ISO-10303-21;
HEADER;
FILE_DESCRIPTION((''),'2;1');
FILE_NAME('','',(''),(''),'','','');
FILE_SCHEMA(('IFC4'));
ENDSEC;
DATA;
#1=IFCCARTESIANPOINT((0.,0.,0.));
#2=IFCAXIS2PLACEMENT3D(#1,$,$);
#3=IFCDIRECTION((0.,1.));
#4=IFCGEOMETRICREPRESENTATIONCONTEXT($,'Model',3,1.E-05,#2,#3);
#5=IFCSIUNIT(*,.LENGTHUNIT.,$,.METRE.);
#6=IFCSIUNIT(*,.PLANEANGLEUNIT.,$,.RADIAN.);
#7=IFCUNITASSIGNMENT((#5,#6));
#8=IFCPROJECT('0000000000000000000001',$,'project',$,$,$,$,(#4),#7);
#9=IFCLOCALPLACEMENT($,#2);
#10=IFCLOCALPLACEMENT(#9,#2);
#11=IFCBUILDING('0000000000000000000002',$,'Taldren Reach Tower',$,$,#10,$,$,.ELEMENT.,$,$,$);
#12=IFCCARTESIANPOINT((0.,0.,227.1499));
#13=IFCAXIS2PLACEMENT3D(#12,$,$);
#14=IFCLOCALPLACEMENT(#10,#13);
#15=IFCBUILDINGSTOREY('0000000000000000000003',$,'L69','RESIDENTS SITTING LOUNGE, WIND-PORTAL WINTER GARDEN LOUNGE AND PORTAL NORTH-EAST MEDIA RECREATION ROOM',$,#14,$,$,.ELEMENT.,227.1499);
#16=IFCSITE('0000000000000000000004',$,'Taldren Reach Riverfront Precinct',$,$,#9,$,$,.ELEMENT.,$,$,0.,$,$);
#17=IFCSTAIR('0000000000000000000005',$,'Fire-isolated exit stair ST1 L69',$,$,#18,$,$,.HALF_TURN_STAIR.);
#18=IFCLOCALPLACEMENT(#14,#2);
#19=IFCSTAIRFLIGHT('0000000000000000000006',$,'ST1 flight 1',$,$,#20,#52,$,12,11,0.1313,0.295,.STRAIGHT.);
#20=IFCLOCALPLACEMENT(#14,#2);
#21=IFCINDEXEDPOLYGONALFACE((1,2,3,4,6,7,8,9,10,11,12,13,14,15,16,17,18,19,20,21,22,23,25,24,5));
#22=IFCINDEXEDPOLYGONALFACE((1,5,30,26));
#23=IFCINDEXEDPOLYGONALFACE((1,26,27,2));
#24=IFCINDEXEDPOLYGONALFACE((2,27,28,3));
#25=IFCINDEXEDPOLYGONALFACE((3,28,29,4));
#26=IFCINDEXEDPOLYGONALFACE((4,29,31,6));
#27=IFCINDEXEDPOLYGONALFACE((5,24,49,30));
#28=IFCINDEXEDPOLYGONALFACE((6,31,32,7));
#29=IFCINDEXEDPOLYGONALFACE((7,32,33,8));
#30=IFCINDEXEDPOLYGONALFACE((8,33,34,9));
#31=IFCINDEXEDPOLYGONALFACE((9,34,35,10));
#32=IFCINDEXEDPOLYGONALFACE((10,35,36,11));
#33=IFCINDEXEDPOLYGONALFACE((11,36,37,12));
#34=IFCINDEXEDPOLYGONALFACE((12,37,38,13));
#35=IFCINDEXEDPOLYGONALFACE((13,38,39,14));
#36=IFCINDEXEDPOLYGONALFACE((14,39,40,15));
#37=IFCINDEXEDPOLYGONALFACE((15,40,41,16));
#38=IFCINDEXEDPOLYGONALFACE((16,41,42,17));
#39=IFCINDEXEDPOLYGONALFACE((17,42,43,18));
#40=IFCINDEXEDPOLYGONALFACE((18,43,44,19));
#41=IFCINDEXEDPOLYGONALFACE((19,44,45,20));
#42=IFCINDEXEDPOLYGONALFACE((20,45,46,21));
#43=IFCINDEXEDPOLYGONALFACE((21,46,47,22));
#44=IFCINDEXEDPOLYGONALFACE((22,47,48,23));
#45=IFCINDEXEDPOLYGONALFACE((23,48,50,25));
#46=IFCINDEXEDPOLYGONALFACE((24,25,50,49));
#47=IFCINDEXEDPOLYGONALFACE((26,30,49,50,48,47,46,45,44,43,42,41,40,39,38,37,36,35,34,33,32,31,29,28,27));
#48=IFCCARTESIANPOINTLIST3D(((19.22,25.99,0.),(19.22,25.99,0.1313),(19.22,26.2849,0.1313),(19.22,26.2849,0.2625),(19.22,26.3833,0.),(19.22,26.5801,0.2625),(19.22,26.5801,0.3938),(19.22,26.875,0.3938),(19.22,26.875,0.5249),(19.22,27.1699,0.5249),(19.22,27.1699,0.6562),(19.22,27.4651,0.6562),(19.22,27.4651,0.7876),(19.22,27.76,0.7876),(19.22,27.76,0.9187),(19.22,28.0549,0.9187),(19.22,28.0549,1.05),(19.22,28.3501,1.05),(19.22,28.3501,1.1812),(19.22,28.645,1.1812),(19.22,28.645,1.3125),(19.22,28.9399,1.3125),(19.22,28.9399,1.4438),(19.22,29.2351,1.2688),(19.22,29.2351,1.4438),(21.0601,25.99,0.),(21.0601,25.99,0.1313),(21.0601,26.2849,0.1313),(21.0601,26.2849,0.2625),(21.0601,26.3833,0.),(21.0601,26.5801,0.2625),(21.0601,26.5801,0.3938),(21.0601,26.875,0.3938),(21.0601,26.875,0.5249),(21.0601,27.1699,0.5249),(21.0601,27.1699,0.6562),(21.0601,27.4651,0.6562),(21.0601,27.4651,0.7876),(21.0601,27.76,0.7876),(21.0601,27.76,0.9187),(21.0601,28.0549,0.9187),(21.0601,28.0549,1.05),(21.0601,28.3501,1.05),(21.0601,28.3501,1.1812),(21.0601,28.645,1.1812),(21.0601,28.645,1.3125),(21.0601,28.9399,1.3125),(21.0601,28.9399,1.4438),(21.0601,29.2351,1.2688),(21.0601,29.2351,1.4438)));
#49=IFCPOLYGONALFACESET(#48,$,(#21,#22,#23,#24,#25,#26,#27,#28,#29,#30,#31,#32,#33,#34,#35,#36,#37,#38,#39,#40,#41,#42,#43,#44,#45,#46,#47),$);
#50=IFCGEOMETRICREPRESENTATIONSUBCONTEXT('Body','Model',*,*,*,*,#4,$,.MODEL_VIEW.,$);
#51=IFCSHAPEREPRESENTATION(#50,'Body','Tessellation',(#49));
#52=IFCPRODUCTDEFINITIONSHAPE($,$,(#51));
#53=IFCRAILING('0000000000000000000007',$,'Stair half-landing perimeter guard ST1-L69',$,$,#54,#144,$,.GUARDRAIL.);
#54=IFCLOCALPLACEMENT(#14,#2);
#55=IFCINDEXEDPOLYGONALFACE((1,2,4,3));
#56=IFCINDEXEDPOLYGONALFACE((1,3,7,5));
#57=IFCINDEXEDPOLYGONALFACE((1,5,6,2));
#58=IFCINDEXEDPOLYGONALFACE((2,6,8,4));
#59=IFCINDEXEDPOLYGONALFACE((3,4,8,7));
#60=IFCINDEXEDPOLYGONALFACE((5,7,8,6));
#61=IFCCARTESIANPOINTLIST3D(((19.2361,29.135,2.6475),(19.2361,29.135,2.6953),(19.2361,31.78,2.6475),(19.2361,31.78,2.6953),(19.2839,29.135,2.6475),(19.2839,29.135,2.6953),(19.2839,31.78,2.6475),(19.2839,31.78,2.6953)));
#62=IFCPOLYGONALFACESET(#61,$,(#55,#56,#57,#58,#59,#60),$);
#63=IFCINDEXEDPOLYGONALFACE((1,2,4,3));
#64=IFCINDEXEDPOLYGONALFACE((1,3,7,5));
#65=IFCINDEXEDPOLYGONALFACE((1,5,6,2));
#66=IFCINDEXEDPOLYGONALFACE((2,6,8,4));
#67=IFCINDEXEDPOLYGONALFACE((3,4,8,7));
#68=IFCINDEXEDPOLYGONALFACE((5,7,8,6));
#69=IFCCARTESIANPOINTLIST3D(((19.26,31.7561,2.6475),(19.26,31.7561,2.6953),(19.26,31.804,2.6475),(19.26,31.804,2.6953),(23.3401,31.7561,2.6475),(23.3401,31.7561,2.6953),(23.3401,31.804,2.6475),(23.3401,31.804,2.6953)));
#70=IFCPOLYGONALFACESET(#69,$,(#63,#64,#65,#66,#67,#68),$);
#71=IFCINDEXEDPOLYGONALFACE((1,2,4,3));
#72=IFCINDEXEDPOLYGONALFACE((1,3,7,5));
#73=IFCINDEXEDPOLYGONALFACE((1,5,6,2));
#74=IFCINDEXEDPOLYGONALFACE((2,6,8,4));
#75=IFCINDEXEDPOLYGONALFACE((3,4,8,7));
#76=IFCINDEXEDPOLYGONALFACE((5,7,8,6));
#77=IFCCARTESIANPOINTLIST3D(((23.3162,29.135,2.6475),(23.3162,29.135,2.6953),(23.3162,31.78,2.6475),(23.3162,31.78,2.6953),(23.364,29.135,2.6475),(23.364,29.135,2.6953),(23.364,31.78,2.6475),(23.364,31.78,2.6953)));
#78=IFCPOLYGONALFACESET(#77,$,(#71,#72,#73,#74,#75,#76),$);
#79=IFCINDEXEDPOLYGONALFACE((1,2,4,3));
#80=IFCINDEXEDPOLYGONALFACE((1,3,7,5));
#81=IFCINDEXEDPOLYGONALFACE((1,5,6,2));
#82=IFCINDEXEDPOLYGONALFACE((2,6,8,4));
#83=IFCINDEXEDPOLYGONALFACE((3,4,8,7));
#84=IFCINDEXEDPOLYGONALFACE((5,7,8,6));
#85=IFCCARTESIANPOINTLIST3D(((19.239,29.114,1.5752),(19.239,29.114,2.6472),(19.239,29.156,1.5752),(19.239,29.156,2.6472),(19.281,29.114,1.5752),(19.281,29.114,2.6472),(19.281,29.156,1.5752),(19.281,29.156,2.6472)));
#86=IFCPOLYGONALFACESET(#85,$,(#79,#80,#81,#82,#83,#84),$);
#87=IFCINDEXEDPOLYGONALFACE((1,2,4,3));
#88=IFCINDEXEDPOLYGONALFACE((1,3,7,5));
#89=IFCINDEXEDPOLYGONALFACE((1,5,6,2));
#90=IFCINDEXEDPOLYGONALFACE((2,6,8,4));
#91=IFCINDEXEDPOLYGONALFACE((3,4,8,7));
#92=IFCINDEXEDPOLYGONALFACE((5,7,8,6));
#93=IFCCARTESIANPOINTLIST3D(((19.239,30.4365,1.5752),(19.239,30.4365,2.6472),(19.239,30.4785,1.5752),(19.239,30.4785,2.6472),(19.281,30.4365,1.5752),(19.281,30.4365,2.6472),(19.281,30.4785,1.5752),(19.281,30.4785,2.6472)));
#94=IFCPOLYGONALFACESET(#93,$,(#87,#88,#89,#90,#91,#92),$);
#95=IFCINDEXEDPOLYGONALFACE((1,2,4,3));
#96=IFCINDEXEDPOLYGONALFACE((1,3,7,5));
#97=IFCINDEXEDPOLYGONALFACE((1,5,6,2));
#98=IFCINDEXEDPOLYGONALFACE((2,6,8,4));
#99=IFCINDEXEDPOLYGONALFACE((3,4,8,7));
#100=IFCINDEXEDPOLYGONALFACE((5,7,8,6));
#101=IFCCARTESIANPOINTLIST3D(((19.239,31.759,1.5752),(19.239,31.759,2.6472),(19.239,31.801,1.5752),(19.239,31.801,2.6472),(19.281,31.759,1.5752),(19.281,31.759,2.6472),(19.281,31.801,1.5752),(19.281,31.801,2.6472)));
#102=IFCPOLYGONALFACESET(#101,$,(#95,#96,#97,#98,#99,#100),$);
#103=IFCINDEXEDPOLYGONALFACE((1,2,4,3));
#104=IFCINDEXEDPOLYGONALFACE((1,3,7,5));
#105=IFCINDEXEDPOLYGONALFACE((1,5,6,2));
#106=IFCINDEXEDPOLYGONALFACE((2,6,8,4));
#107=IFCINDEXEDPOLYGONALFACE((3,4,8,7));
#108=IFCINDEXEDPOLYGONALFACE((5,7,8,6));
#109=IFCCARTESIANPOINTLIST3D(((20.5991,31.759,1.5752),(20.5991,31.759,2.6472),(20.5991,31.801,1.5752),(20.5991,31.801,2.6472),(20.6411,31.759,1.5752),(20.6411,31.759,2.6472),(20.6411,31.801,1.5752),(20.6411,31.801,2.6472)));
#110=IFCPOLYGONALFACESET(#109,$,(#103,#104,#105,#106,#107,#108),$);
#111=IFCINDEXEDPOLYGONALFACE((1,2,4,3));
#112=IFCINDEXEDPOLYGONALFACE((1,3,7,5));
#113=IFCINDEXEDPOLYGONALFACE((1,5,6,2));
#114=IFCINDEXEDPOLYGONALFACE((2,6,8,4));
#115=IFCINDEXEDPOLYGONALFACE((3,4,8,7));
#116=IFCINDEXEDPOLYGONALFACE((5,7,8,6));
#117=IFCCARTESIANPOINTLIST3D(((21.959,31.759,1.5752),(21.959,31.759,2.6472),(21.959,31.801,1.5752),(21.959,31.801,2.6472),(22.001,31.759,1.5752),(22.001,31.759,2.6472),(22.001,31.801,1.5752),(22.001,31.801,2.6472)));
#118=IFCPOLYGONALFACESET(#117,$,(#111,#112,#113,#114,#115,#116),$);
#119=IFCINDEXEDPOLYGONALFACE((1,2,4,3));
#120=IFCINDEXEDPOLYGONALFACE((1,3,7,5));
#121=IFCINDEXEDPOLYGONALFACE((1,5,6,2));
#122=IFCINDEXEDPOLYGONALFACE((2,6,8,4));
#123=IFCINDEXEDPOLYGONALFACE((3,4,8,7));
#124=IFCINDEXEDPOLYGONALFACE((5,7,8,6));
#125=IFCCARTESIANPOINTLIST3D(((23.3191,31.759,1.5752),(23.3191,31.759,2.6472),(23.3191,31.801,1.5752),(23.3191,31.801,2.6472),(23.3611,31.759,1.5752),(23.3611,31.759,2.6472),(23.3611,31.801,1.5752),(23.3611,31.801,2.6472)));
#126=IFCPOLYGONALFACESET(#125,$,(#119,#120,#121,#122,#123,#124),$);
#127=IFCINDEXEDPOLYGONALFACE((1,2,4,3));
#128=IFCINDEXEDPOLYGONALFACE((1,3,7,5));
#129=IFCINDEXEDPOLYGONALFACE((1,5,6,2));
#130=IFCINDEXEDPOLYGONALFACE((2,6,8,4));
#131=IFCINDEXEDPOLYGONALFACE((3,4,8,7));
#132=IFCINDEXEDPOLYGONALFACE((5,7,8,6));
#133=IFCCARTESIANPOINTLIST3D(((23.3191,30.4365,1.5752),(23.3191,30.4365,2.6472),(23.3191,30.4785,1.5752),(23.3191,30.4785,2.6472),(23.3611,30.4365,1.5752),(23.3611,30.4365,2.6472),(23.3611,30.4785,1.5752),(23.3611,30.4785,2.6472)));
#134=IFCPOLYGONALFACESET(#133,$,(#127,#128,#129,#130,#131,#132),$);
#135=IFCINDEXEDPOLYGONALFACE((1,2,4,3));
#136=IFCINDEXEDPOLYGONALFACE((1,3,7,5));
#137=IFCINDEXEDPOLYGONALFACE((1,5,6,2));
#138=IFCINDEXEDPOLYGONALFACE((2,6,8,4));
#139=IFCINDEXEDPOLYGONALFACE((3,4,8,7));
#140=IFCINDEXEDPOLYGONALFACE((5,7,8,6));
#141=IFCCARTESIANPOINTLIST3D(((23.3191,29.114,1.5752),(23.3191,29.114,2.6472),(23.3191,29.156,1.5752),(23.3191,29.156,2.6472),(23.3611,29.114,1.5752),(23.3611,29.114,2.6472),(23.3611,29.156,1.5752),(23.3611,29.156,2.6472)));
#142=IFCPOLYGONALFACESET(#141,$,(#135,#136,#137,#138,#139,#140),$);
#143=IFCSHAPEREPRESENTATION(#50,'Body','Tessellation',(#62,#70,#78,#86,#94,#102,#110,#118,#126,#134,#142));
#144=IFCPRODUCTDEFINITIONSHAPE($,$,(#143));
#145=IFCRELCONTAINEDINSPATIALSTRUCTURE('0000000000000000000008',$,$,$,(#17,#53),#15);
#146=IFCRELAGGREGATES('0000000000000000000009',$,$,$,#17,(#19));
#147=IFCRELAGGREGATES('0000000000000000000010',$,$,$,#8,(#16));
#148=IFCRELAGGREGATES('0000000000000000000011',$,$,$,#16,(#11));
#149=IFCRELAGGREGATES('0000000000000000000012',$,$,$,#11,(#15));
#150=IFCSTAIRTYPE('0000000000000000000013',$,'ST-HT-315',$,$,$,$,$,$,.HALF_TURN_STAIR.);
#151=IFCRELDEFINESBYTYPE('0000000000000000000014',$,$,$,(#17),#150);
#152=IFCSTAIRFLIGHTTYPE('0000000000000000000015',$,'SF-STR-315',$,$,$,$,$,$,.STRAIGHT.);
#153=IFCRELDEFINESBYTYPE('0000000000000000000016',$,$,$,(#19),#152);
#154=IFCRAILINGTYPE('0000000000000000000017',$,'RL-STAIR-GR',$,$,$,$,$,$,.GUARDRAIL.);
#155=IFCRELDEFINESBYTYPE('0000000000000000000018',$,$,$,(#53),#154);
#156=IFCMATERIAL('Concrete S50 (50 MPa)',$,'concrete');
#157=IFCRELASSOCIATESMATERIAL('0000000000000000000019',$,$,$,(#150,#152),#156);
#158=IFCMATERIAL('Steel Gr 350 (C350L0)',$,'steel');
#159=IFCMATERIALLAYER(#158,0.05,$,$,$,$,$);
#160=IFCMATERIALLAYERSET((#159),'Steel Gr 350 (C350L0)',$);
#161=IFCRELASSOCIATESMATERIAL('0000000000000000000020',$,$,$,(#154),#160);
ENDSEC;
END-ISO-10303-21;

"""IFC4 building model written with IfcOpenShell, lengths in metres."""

from ifc_helpers import new_model, si_unit, direction, frame, origin, origin_2d, place, context, subcontext, project, spatial, polyline, rectangle, outline, extrude, material, layer, layer_set, type_object, element, aggregate, save


model = new_model("IFC4")

# Units and contexts
model_context = context("Model", 3, precision=1e-05, world=origin(), true_north=direction((0.0, 1.0)))
body_context = subcontext(model_context, "Body", "Model", "MODEL_VIEW")
ifc_project = project(units=[si_unit("LENGTHUNIT", "METRE"), si_unit("PLANEANGLEUNIT", "RADIAN")], contexts=[model_context])

# Site, building, storey
site_placement = place(None, origin())
site = spatial("IfcSite", under=ifc_project, at=site_placement, Name="Taldren Reach Riverfront Precinct", CompositionType="ELEMENT", RefElevation=0.0)
building_placement = place(site_placement, origin())
building = spatial("IfcBuilding", under=site, at=building_placement, Name="Taldren Reach Tower", CompositionType="ELEMENT")
storey_placement = place(building_placement, frame((0.0, 0.0, 227.1499)))
storey = spatial("IfcBuildingStorey", under=building, at=storey_placement, Name="L69", Description="RESIDENTS SITTING LOUNGE, WIND-PORTAL WINTER GARDEN LOUNGE AND PORTAL NORTH-EAST MEDIA RECREATION ROOM", CompositionType="ELEMENT", Elevation=227.1499)

# Shared definitions
ifc_material_1 = material(Name="Steel Gr 350 (C350L0)", Category="steel")

# Stair, stair flight
ifc_material_2 = material(Name="Concrete S50 (50 MPa)", Category="concrete")
stair_type = type_object("IfcStairType", Name="ST-HT-315", PredefinedType="HALF_TURN_STAIR", material=ifc_material_2)
stair_placement = place(storey_placement, origin())
stair = element("IfcStair", 1, at=stair_placement, inside=storey, type_object=stair_type, Name="Fire-isolated exit stair ST1 L69", PredefinedType="HALF_TURN_STAIR")
stair_flight_type = type_object("IfcStairFlightType", Name="SF-STR-315", PredefinedType="STRAIGHT", material=ifc_material_2)
stair_flight_placement = place(storey_placement, frame((20.1399, 25.99, 0.0), z_axis=(0.0, 0.0, 1.0), x_axis=(0.0, 1.0, 0.0)))
stair_flight = element("IfcStairFlight", 2, at=stair_flight_placement, type_object=stair_flight_type, Name="ST1 flight 1", NumberOfRisers=12, NumberOfTreads=11, PredefinedType="STRAIGHT", RiserHeight=0.1313, TreadLength=0.295, context=body_context, shape_type="SweptSolid", body=[
    extrude(outline(polyline([(0.0, 0.0), (0.0, 0.1313), (0.2949, 0.1313), (0.2949, 0.2625), (0.5901, 0.2625), (0.5901, 0.3938), (0.885, 0.3938), (0.885, 0.5249), (1.1799, 0.5249), (1.1799, 0.6562), (1.4751, 0.6562), (1.4751, 0.7876), (1.77, 0.7876), (1.77, 0.9187), (2.0649, 0.9187), (2.0649, 1.05), (2.3601, 1.05), (2.3601, 1.1812), (2.655, 1.1812), (2.655, 1.3125), (2.95, 1.3125), (2.95, 1.4438), (3.2451, 1.4438), (3.2451, 1.575), (3.2451, 1.2688), (0.3933, 0.0), (0.0, 0.0)])), frame((0.0, 0.9199, 0.0), z_axis=(0.0, -1.0, 0.0), x_axis=(1.0, 0.0, 0.0)), (0.0, 0.0, 1.0), 1.8401),
])
aggregate(stair, [stair_flight])

# Railing
ifc_layer_1 = layer(ifc_material_1, 0.05)
ifc_layer_set_1 = layer_set([ifc_layer_1], Name="Steel Gr 350 (C350L0)")
railing_type_1 = type_object("IfcRailingType", Name="RL-STAIR-GR", PredefinedType="GUARDRAIL", material=ifc_layer_set_1)
railing_1_placement = place(storey_placement, frame((19.26, 29.135, 1.5752)))
element("IfcRailing", 3, at=railing_1_placement, inside=storey, type_object=railing_type_1, Name="Stair half-landing perimeter guard ST1-L69", PredefinedType="GUARDRAIL", context=body_context, shape_type="SweptSolid", body=[
    extrude(rectangle(XDim=0.0479, YDim=0.0479, at=origin_2d()), frame((0.0, 0.0, 1.0962), z_axis=(0.0, 1.0, 0.0), x_axis=(-1.0, 0.0, 0.0)), (0.0, 0.0, 1.0), 2.645),
    extrude(rectangle(XDim=0.0479, YDim=0.0479, at=origin_2d()), frame((0.0, 2.645, 1.0962), z_axis=(1.0, 0.0, 0.0), x_axis=(0.0, 1.0, 0.0)), (0.0, 0.0, 1.0), 4.0801),
    extrude(rectangle(XDim=0.0479, YDim=0.0479, at=origin_2d()), frame((4.0801, 2.645, 1.0962), z_axis=(0.0, -1.0, 0.0), x_axis=(1.0, 0.0, 0.0)), (0.0, 0.0, 1.0), 2.645),
    extrude(rectangle(XDim=0.042, YDim=0.042, at=origin_2d()), origin(), (0.0, 0.0, 1.0), 1.072),
    extrude(rectangle(XDim=0.042, YDim=0.042, at=origin_2d()), frame((0.0, 1.3225, 0.0)), (0.0, 0.0, 1.0), 1.072),
    extrude(rectangle(XDim=0.042, YDim=0.042, at=origin_2d()), frame((0.0, 2.645, 0.0)), (0.0, 0.0, 1.0), 1.072),
    extrude(rectangle(XDim=0.042, YDim=0.042, at=origin_2d()), frame((1.3601, 2.645, 0.0)), (0.0, 0.0, 1.0), 1.072),
    extrude(rectangle(XDim=0.042, YDim=0.042, at=origin_2d()), frame((2.72, 2.645, 0.0)), (0.0, 0.0, 1.0), 1.072),
    extrude(rectangle(XDim=0.042, YDim=0.042, at=origin_2d()), frame((4.0801, 2.645, 0.0)), (0.0, 0.0, 1.0), 1.072),
    extrude(rectangle(XDim=0.042, YDim=0.042, at=origin_2d()), frame((4.0801, 1.3225, 0.0)), (0.0, 0.0, 1.0), 1.072),
    extrude(rectangle(XDim=0.042, YDim=0.042, at=origin_2d()), frame((4.0801, 0.0, 0.0)), (0.0, 0.0, 1.0), 1.072),
])

save(model, "model.ifc")
